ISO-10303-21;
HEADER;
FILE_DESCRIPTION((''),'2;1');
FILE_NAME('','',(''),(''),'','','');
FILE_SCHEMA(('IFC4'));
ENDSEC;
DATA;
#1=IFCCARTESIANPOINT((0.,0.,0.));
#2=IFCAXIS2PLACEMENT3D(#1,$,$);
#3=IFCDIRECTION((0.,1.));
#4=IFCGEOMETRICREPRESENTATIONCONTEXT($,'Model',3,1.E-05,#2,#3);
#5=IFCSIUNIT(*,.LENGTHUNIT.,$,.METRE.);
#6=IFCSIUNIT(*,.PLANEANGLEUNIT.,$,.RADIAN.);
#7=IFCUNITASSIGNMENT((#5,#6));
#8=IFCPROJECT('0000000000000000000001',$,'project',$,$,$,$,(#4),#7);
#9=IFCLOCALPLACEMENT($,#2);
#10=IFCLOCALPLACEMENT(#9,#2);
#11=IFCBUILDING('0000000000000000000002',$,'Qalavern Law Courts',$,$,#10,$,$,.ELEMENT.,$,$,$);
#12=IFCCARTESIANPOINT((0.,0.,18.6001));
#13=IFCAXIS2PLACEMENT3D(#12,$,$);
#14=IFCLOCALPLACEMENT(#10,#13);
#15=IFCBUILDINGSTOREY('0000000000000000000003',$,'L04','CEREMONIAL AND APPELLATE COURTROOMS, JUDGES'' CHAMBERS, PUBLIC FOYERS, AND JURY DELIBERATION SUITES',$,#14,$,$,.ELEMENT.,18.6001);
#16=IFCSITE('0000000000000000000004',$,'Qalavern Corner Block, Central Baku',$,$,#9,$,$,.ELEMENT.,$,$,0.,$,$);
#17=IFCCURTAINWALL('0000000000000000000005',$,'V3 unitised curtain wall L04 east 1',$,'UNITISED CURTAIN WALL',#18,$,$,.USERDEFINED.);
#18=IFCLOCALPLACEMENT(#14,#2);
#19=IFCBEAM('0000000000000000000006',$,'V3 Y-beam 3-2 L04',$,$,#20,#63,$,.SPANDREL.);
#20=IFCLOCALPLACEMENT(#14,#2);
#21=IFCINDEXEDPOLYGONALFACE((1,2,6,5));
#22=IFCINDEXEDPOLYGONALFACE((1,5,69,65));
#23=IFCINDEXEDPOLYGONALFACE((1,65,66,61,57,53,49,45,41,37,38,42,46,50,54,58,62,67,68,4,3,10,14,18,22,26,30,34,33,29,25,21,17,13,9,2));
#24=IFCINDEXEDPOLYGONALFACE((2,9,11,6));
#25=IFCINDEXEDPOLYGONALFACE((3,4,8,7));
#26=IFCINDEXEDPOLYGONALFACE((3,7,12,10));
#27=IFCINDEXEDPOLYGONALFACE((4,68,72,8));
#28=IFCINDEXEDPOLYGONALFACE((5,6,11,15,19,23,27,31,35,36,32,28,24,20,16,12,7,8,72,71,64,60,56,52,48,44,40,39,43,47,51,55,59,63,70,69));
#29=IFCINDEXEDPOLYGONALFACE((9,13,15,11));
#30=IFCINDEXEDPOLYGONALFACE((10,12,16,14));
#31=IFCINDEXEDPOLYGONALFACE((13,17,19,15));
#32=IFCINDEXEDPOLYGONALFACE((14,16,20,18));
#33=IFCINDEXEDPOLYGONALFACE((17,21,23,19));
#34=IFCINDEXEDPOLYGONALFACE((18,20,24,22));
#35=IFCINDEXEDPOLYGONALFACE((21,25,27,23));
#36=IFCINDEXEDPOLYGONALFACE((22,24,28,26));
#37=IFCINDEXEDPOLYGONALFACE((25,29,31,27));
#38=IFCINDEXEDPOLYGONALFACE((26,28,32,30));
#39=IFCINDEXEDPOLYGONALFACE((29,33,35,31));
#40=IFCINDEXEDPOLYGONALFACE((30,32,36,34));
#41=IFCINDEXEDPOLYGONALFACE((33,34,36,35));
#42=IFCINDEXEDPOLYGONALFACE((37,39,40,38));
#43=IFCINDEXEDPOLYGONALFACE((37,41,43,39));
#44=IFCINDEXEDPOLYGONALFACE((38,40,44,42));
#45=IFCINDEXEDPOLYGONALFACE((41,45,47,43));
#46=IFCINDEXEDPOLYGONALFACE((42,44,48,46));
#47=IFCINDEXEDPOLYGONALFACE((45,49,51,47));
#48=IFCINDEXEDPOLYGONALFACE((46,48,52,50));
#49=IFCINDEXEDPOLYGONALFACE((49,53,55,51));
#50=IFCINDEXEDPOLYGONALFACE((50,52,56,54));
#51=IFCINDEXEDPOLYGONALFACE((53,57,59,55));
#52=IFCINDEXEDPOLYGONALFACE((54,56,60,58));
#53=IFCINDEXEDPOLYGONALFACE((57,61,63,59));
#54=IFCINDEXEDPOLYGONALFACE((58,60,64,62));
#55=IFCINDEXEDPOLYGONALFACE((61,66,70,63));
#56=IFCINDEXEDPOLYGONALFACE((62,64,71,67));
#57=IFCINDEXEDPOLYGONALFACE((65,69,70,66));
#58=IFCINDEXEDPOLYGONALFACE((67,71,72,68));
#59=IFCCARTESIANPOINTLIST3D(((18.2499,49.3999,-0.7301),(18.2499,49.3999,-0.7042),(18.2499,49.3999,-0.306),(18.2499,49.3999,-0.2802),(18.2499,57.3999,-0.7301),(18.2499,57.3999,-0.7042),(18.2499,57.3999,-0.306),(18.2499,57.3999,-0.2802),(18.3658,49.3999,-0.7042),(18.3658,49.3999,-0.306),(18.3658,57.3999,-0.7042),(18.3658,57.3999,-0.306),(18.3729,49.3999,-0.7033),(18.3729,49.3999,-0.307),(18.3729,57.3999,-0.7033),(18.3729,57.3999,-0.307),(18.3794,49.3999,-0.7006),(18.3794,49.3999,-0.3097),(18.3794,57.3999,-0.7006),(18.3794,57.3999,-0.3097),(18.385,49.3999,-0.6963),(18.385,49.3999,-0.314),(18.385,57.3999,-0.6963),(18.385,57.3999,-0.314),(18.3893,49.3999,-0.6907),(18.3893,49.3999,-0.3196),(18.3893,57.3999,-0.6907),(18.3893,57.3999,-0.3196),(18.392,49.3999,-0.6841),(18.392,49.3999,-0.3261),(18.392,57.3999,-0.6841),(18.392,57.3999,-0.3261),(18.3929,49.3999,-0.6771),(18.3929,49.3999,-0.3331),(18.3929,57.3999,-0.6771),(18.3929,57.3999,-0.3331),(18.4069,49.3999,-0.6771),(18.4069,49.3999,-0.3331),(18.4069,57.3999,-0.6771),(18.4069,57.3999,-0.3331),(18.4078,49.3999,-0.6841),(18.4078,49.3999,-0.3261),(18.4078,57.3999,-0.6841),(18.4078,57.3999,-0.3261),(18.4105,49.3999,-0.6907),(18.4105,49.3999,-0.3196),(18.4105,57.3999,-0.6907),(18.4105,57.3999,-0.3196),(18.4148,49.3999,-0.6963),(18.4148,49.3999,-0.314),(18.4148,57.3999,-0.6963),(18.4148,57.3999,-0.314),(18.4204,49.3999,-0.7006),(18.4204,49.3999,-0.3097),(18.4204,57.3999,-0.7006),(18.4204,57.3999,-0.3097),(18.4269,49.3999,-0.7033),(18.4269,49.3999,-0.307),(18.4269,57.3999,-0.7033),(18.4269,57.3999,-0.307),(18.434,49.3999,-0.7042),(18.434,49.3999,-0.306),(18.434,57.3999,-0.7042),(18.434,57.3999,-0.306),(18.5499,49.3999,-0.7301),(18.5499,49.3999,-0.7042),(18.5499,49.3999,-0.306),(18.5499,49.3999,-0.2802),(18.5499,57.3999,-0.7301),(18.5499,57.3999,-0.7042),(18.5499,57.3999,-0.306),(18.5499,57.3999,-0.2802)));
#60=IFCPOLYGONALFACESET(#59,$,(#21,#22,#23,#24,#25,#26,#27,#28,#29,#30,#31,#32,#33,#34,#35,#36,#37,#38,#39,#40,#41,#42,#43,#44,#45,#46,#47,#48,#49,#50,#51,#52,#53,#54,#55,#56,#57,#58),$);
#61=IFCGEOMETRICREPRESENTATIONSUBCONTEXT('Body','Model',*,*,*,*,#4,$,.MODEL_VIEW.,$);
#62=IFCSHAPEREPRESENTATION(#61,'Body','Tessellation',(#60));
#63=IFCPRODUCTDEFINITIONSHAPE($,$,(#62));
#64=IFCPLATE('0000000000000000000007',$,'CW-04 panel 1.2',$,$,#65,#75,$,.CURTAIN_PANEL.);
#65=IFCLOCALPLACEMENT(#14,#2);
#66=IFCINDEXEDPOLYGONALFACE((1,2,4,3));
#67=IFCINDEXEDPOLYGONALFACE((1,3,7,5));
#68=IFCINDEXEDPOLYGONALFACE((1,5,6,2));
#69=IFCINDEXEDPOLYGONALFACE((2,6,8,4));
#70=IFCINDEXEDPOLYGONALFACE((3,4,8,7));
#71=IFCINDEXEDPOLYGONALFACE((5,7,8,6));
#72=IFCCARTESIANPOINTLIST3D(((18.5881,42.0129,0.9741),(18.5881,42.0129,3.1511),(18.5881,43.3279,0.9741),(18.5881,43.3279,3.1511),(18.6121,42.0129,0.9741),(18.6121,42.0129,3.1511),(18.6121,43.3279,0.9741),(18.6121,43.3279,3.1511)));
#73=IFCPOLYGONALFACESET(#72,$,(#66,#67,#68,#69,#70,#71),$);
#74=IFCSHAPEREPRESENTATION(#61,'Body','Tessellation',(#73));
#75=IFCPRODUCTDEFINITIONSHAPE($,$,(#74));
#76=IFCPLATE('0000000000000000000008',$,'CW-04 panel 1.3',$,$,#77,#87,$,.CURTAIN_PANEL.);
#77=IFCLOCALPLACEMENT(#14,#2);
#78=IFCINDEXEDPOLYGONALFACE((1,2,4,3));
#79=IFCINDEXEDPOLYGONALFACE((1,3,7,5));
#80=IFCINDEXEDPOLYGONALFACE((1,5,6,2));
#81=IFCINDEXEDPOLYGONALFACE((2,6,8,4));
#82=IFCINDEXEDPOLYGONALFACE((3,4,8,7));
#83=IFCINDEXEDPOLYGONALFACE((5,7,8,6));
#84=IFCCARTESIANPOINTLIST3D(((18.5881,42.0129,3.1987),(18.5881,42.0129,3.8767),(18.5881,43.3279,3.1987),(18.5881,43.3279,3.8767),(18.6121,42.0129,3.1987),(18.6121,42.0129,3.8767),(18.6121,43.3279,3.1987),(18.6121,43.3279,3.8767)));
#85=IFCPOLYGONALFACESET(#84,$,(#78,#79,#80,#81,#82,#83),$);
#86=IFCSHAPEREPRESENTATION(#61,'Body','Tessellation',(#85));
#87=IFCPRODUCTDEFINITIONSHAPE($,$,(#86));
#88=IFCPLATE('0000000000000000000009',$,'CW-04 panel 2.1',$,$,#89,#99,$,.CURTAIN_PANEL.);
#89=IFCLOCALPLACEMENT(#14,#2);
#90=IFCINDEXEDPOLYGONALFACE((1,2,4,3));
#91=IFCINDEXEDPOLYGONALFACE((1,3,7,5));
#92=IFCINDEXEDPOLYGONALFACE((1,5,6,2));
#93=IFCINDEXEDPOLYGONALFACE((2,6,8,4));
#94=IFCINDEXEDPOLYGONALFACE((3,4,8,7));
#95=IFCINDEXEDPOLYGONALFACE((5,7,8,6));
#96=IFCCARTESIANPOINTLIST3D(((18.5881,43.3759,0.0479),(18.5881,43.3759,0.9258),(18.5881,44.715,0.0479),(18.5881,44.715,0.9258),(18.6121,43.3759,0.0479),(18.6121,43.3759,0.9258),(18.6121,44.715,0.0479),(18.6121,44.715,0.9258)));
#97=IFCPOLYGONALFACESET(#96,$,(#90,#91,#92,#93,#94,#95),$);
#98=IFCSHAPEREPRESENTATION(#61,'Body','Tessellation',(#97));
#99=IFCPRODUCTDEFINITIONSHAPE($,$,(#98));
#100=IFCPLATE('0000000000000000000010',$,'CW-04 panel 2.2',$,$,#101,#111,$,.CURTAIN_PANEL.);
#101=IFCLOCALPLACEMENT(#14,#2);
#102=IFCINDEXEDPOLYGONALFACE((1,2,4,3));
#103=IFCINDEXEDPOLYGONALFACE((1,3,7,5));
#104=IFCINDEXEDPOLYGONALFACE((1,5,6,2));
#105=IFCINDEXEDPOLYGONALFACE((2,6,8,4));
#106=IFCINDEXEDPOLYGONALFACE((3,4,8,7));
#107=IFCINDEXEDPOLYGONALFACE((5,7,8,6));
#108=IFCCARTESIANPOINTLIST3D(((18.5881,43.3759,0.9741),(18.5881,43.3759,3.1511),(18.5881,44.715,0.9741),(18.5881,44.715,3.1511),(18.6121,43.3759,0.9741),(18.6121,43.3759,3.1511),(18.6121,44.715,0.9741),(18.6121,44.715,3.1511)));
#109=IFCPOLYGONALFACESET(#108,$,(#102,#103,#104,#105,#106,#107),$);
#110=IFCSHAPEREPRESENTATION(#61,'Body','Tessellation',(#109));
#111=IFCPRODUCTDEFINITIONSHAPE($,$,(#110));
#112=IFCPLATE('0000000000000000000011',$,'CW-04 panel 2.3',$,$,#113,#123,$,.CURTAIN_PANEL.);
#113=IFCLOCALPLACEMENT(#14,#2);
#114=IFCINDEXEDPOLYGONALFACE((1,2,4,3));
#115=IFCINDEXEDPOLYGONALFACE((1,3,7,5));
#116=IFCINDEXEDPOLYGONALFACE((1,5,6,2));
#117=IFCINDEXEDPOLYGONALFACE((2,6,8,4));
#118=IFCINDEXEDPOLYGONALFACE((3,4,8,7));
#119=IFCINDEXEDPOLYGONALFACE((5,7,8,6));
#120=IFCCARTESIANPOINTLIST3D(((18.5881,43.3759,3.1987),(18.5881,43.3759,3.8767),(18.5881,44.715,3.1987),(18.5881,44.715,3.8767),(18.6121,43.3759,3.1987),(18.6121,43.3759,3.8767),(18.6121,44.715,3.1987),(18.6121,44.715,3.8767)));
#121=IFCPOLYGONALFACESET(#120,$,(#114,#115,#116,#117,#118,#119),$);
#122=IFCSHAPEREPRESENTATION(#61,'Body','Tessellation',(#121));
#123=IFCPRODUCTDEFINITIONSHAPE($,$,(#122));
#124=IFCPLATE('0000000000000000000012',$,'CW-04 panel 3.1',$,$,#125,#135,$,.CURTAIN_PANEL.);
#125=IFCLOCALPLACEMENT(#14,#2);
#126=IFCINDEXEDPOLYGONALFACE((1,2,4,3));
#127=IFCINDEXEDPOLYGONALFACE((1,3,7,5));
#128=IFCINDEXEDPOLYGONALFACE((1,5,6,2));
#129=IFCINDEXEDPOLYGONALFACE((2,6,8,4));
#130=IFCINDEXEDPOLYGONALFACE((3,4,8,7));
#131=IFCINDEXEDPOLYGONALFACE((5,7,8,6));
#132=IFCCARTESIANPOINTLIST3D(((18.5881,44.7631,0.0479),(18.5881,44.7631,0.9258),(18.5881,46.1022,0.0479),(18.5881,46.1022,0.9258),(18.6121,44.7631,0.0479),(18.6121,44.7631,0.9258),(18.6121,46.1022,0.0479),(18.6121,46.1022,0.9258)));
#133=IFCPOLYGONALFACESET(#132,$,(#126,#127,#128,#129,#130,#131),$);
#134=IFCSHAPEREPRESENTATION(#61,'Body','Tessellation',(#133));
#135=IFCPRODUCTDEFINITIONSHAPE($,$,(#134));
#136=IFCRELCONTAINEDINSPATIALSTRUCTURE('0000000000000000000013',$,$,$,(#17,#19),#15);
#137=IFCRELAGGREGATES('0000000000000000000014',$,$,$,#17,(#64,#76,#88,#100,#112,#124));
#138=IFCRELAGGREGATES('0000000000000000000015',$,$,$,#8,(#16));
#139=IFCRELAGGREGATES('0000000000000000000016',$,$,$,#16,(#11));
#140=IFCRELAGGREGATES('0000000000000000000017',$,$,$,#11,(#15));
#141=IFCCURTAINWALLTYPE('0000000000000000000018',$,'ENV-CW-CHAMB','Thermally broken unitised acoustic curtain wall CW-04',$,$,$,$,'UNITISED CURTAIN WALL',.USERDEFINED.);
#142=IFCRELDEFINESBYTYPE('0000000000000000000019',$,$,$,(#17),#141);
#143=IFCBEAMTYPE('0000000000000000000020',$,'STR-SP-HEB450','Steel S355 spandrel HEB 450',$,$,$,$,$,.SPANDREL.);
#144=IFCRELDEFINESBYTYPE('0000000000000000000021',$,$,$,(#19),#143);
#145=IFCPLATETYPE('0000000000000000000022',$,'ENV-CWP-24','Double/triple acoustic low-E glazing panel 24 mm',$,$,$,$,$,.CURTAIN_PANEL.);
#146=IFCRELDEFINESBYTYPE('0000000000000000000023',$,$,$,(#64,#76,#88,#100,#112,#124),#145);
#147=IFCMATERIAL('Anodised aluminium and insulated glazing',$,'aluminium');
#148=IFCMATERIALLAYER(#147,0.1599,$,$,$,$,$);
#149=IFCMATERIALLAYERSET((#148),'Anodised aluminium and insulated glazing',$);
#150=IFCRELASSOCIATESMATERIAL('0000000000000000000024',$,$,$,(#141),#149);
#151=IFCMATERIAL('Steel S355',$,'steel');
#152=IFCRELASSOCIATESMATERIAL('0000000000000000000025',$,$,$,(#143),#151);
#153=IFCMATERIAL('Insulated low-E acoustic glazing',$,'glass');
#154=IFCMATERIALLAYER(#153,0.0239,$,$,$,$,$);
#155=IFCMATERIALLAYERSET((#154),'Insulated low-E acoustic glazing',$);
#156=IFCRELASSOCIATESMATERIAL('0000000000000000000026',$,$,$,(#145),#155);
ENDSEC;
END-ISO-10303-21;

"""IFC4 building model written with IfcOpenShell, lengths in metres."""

from ifc_helpers import new_model, si_unit, direction, frame, origin, origin_2d, place, context, subcontext, project, spatial, rectangle, i_section, extrude, material, layer, layer_set, material_profile, profile_set, type_object, element, aggregate, save


model = new_model("IFC4")

# Units and contexts
model_context = context("Model", 3, precision=1e-05, world=origin(), true_north=direction((0.0, 1.0)))
body_context = subcontext(model_context, "Body", "Model", "MODEL_VIEW")
ifc_project = project(units=[si_unit("LENGTHUNIT", "METRE"), si_unit("PLANEANGLEUNIT", "RADIAN")], contexts=[model_context])

# Site, building, storey
site_placement = place(None, origin())
site = spatial("IfcSite", under=ifc_project, at=site_placement, Name="Qalavern Corner Block, Central Baku", CompositionType="ELEMENT", RefElevation=0.0)
building_placement = place(site_placement, origin())
building = spatial("IfcBuilding", under=site, at=building_placement, Name="Qalavern Law Courts", CompositionType="ELEMENT")
storey_placement = place(building_placement, frame((0.0, 0.0, 18.6001)))
storey = spatial("IfcBuildingStorey", under=building, at=storey_placement, Name="L04", Description="CEREMONIAL AND APPELLATE COURTROOMS, JUDGES' CHAMBERS, PUBLIC FOYERS, AND JURY DELIBERATION SUITES", CompositionType="ELEMENT", Elevation=18.6001)

# Curtain wall
ifc_material_1 = material(Name="Anodised aluminium and insulated glazing", Category="aluminium")
ifc_layer_1 = layer(ifc_material_1, 0.1599)
ifc_layer_set_1 = layer_set([ifc_layer_1], Name="Anodised aluminium and insulated glazing")
curtain_wall_type = type_object("IfcCurtainWallType", Name="ENV-CW-CHAMB", Description="Thermally broken unitised acoustic curtain wall CW-04", ElementType="UNITISED CURTAIN WALL", PredefinedType="USERDEFINED", material=ifc_layer_set_1)
curtain_wall_placement = place(storey_placement, origin())
curtain_wall = element("IfcCurtainWall", 1, at=curtain_wall_placement, inside=storey, type_object=curtain_wall_type, Name="V3 unitised curtain wall L04 east 1", ObjectType="UNITISED CURTAIN WALL", PredefinedType="USERDEFINED")

# Beam
ifc_material_2 = material(Name="Steel S355", Category="steel")
ifc_material_profile_1 = material_profile(ifc_material_2, i_section(OverallWidth=0.3, OverallDepth=0.45, WebThickness=0.0139, FlangeThickness=0.0259, FilletRadius=0.0271, at=origin_2d()), Name="HEB 450")
ifc_profile_set_1 = profile_set([ifc_material_profile_1], Name="Steel S355")
beam_type = type_object("IfcBeamType", Name="STR-SP-HEB450", Description="Steel S355 spandrel HEB 450", PredefinedType="SPANDREL", material=ifc_profile_set_1)
beam_placement = place(storey_placement, frame((18.3999, 49.3999, -0.5051), z_axis=(0.0, 1.0, 0.0), x_axis=(-1.0, 0.0, 0.0)))
element("IfcBeam", 2, at=beam_placement, inside=storey, type_object=beam_type, Name="V3 Y-beam 3-2 L04", PredefinedType="SPANDREL", context=body_context, shape_type="SweptSolid", body=[
    extrude(i_section(OverallWidth=0.3, OverallDepth=0.45, WebThickness=0.0139, FlangeThickness=0.0259, FilletRadius=0.0271, at=origin_2d()), origin(), (0.0, 0.0, 1.0), 8.0),
])

# Plates
ifc_material_3 = material(Name="Insulated low-E acoustic glazing", Category="glass")
ifc_layer_2 = layer(ifc_material_3, 0.0239)
ifc_layer_set_2 = layer_set([ifc_layer_2], Name="Insulated low-E acoustic glazing")
plate_type = type_object("IfcPlateType", Name="ENV-CWP-24", Description="Double/triple acoustic low-E glazing panel 24 mm", PredefinedType="CURTAIN_PANEL", material=ifc_layer_set_2)
plate_1_placement = place(storey_placement, frame((18.6001, 42.6704, 0.9741), z_axis=(0.0, 0.0, 1.0), x_axis=(0.0, 1.0, 0.0)))
plate_1 = element("IfcPlate", 3, at=plate_1_placement, type_object=plate_type, Name="CW-04 panel 1.2", PredefinedType="CURTAIN_PANEL", context=body_context, shape_type="SweptSolid", body=[
    extrude(rectangle(XDim=1.3149, YDim=0.0239, at=origin_2d()), origin(), (0.0, 0.0, 1.0), 2.177),
])
plate_2_placement = place(storey_placement, frame((18.6001, 42.6704, 3.1987), z_axis=(0.0, 0.0, 1.0), x_axis=(0.0, 1.0, 0.0)))
plate_2 = element("IfcPlate", 4, at=plate_2_placement, type_object=plate_type, Name="CW-04 panel 1.3", PredefinedType="CURTAIN_PANEL", context=body_context, shape_type="SweptSolid", body=[
    extrude(rectangle(XDim=1.3149, YDim=0.0239, at=origin_2d()), origin(), (0.0, 0.0, 1.0), 0.678),
])
plate_3_placement = place(storey_placement, frame((18.6001, 44.0454, 0.0479), z_axis=(0.0, 0.0, 1.0), x_axis=(0.0, 1.0, 0.0)))
plate_3 = element("IfcPlate", 5, at=plate_3_placement, type_object=plate_type, Name="CW-04 panel 2.1", PredefinedType="CURTAIN_PANEL", context=body_context, shape_type="SweptSolid", body=[
    extrude(rectangle(XDim=1.3391, YDim=0.0239, at=origin_2d()), origin(), (0.0, 0.0, 1.0), 0.8779),
])
plate_4_placement = place(storey_placement, frame((18.6001, 44.0454, 0.9741), z_axis=(0.0, 0.0, 1.0), x_axis=(0.0, 1.0, 0.0)))
plate_4 = element("IfcPlate", 6, at=plate_4_placement, type_object=plate_type, Name="CW-04 panel 2.2", PredefinedType="CURTAIN_PANEL", context=body_context, shape_type="SweptSolid", body=[
    extrude(rectangle(XDim=1.3391, YDim=0.0239, at=origin_2d()), origin(), (0.0, 0.0, 1.0), 2.177),
])
plate_5_placement = place(storey_placement, frame((18.6001, 44.0454, 3.1987), z_axis=(0.0, 0.0, 1.0), x_axis=(0.0, 1.0, 0.0)))
plate_5 = element("IfcPlate", 7, at=plate_5_placement, type_object=plate_type, Name="CW-04 panel 2.3", PredefinedType="CURTAIN_PANEL", context=body_context, shape_type="SweptSolid", body=[
    extrude(rectangle(XDim=1.3391, YDim=0.0239, at=origin_2d()), origin(), (0.0, 0.0, 1.0), 0.678),
])
plate_6_placement = place(storey_placement, frame((18.6001, 45.4326, 0.0479), z_axis=(0.0, 0.0, 1.0), x_axis=(0.0, 1.0, 0.0)))
plate_6 = element("IfcPlate", 8, at=plate_6_placement, type_object=plate_type, Name="CW-04 panel 3.1", PredefinedType="CURTAIN_PANEL", context=body_context, shape_type="SweptSolid", body=[
    extrude(rectangle(XDim=1.3391, YDim=0.0239, at=origin_2d()), origin(), (0.0, 0.0, 1.0), 0.8779),
])
aggregate(curtain_wall, [plate_1, plate_2, plate_3, plate_4, plate_5, plate_6])

save(model, "model.ifc")
